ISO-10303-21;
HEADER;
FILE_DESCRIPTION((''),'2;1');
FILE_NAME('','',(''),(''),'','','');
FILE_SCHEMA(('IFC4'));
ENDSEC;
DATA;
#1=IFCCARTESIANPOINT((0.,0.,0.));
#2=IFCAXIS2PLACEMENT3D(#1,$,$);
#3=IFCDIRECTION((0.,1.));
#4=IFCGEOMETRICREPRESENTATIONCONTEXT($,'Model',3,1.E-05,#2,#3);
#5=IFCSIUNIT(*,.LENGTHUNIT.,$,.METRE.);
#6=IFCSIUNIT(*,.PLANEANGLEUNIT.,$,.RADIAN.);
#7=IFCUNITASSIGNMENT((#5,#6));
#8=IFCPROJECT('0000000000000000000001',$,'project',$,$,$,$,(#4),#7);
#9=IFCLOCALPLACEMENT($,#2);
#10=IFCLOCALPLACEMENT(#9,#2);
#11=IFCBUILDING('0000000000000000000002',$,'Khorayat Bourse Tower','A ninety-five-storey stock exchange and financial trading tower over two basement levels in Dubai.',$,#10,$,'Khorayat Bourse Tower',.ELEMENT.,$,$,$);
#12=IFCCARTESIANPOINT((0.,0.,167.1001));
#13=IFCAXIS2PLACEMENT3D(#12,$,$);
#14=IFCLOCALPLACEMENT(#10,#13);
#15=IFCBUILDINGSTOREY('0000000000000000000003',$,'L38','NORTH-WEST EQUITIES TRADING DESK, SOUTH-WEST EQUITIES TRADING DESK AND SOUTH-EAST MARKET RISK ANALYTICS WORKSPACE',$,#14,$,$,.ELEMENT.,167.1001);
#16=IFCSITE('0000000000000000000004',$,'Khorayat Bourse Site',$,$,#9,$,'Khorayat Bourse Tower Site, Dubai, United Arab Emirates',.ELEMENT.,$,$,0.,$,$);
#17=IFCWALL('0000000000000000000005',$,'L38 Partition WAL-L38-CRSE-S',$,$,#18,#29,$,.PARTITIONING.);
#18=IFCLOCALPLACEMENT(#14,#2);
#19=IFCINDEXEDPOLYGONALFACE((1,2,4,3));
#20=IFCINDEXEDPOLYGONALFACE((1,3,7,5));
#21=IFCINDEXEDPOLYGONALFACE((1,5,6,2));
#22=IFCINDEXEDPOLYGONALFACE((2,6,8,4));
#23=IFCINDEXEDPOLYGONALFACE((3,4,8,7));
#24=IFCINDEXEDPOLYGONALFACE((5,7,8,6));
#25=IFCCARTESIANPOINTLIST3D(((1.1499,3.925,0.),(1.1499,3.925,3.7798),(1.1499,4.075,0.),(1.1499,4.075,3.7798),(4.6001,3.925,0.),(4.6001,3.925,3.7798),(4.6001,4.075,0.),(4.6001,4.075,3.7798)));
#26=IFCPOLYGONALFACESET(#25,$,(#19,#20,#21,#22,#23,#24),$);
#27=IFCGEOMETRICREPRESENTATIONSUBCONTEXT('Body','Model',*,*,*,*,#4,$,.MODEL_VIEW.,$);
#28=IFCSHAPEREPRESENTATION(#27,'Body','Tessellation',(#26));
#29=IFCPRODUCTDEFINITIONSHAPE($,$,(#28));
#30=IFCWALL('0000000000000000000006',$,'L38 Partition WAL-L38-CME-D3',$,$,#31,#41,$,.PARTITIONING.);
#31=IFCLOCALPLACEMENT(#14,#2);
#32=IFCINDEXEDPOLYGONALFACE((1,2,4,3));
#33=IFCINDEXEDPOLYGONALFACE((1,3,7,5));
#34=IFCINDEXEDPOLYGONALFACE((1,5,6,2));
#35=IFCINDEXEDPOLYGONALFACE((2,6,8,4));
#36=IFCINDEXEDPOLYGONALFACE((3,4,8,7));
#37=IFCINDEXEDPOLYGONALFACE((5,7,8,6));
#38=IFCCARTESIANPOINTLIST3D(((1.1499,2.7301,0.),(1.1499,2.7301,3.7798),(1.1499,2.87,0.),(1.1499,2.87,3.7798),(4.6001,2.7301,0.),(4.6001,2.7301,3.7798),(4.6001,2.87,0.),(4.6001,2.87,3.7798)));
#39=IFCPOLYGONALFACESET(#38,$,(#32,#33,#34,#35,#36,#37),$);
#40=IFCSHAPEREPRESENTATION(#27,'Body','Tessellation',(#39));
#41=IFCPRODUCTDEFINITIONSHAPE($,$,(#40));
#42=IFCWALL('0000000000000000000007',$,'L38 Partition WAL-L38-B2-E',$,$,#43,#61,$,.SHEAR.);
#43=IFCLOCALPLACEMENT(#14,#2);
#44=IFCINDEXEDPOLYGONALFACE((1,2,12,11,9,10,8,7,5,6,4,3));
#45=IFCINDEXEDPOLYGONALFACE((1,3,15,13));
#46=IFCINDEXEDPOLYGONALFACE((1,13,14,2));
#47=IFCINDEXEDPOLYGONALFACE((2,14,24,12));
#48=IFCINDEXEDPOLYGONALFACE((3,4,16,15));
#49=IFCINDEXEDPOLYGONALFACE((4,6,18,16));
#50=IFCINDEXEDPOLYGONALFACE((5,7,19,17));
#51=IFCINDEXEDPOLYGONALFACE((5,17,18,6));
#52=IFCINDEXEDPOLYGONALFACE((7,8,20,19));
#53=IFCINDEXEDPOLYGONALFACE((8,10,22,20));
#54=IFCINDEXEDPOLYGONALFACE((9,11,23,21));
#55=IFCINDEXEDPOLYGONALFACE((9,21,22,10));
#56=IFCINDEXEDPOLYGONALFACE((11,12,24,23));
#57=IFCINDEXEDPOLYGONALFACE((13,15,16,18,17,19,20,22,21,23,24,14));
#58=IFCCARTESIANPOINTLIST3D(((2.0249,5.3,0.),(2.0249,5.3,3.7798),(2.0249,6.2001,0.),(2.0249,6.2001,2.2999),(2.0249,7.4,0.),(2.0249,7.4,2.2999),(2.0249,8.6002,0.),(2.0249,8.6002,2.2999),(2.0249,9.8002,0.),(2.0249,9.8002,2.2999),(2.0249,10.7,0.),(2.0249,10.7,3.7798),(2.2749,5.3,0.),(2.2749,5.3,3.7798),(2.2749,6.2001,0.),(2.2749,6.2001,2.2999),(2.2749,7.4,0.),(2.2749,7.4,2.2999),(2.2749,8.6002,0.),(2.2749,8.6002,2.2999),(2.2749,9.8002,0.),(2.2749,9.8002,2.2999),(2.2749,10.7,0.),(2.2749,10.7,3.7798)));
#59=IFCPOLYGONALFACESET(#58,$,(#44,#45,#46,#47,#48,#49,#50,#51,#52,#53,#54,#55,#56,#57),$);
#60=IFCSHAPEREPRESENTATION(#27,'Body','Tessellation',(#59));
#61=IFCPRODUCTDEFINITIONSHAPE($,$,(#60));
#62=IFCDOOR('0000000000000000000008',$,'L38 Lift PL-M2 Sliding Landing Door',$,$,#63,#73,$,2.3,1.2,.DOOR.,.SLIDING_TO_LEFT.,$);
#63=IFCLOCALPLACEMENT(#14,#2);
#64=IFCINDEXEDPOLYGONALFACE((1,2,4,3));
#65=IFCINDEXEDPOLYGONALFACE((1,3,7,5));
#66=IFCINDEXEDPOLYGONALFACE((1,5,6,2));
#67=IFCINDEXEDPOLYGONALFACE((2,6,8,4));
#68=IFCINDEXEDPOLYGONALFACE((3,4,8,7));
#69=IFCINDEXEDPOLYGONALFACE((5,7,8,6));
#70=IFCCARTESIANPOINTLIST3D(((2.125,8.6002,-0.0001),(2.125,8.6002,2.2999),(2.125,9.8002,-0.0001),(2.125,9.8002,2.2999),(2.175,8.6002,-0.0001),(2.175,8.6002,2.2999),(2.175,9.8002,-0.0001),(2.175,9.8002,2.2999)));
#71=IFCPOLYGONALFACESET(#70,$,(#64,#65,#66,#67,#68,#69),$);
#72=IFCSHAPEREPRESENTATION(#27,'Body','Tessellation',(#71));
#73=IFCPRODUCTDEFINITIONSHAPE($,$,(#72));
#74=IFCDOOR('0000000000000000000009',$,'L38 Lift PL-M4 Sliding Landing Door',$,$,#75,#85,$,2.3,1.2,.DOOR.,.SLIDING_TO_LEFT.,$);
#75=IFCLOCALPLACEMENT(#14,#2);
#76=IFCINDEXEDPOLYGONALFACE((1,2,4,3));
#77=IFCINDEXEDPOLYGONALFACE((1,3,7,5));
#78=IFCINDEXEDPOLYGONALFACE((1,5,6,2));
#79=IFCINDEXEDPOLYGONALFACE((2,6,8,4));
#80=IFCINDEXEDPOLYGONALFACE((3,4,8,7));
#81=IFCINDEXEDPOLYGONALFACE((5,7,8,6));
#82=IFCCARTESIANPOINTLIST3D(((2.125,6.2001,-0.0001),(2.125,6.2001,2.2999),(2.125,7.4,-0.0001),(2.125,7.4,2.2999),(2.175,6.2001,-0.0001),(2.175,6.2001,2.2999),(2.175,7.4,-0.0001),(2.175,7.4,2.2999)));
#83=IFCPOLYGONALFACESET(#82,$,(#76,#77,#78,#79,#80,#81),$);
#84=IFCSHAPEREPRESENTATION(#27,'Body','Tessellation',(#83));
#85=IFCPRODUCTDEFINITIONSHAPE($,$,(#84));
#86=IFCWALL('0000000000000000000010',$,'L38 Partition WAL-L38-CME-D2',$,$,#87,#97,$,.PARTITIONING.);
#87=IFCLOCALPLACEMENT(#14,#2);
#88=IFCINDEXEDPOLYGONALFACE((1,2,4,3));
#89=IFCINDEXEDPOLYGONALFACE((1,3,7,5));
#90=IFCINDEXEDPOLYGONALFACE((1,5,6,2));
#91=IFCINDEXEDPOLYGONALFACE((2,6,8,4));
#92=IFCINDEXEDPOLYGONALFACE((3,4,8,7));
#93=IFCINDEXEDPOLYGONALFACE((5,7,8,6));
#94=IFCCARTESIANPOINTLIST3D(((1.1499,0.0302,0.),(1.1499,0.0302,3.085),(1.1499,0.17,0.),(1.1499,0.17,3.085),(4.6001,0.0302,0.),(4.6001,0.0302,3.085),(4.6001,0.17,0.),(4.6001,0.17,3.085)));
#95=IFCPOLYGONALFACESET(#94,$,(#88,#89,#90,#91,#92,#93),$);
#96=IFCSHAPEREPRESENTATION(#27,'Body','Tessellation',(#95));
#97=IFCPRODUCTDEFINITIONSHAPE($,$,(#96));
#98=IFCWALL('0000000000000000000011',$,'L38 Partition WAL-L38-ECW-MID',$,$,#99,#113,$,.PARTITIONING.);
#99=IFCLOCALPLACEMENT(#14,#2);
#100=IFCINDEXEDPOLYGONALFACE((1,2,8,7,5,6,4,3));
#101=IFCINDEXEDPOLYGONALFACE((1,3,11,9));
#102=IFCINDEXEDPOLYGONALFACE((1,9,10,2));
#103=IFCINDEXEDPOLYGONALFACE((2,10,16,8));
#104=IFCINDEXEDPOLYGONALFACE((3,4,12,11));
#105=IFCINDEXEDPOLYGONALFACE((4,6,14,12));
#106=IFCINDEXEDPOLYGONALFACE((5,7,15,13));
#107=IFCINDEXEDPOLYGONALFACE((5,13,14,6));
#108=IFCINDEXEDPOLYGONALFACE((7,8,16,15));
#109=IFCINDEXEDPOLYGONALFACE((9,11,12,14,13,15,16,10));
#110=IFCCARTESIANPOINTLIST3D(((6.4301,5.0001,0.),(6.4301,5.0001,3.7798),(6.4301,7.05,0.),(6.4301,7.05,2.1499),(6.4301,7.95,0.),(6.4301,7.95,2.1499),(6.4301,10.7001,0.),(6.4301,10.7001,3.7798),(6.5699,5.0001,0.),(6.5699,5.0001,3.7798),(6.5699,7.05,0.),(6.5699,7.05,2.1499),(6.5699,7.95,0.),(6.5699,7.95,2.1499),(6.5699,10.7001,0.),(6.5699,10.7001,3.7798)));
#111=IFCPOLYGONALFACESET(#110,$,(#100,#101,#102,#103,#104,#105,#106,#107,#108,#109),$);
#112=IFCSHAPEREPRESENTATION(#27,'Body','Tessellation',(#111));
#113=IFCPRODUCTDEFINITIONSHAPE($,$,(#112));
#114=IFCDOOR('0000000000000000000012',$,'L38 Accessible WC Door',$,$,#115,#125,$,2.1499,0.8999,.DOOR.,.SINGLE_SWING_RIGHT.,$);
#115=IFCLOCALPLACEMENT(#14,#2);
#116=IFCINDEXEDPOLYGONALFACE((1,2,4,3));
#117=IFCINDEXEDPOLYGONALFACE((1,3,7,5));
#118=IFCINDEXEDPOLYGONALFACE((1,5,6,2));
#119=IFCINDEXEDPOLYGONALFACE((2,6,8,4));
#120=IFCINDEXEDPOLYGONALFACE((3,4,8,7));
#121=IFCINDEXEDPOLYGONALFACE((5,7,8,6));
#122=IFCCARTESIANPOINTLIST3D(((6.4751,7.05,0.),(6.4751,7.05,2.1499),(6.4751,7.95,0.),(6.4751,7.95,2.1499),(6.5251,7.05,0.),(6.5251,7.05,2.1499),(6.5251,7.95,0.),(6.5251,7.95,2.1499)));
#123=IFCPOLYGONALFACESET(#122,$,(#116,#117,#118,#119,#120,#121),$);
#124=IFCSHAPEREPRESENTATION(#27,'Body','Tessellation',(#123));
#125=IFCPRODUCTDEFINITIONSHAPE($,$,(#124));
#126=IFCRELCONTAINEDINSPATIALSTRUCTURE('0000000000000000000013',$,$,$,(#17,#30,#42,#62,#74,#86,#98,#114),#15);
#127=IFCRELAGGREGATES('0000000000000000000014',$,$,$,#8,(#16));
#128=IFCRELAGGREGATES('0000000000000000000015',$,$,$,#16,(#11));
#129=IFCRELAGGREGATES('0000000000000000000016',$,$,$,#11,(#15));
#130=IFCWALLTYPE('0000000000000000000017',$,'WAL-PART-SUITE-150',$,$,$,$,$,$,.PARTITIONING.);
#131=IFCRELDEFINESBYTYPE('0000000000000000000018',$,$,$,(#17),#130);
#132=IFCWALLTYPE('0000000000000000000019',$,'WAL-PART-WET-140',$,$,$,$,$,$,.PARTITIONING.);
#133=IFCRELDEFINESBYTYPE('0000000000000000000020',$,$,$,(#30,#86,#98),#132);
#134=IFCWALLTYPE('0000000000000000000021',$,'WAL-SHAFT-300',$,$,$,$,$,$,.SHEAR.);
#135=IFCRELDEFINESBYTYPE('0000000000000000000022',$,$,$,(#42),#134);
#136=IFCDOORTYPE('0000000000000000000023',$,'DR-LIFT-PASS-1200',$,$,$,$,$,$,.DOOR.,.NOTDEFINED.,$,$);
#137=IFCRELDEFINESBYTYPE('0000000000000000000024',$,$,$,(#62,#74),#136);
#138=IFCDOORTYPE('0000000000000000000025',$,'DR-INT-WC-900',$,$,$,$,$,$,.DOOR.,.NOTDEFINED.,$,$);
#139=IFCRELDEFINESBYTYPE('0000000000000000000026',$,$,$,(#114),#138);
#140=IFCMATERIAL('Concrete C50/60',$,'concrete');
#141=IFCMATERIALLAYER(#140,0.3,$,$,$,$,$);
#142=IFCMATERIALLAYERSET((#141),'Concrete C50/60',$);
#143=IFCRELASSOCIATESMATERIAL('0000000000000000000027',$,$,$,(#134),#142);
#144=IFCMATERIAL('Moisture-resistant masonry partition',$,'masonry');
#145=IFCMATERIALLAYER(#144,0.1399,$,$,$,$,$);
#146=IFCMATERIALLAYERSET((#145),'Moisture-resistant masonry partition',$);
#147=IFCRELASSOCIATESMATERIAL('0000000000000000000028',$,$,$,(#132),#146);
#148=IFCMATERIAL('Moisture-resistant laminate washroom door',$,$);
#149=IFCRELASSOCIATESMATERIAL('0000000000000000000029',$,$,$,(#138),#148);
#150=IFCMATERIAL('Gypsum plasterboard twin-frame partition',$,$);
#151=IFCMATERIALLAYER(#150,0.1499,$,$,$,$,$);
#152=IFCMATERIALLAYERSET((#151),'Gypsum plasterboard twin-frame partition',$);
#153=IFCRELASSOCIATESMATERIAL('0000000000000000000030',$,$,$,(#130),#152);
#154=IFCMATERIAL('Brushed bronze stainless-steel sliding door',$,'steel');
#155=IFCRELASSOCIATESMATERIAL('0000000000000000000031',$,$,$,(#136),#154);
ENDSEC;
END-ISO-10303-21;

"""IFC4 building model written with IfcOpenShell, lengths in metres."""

from ifc_helpers import new_model, si_unit, direction, frame, frame_2d, origin, place, context, subcontext, project, spatial, rectangle, extrude, source, transform, mapped, material, layer, layer_set, type_object, element, fill, save


model = new_model("IFC4")

# Units and contexts
model_context = context("Model", 3, precision=1e-05, world=origin(), true_north=direction((0.0, 1.0)))
body_context = subcontext(model_context, "Body", "Model", "MODEL_VIEW")
ifc_project = project(units=[si_unit("LENGTHUNIT", "METRE"), si_unit("PLANEANGLEUNIT", "RADIAN")], contexts=[model_context])

# Site, building, storey
site_placement = place(None, origin())
site = spatial("IfcSite", under=ifc_project, at=site_placement, Name="Khorayat Bourse Site", LongName="Khorayat Bourse Tower Site, Dubai, United Arab Emirates", CompositionType="ELEMENT", RefElevation=0.0)
building_placement = place(site_placement, origin())
building = spatial("IfcBuilding", under=site, at=building_placement, Name="Khorayat Bourse Tower", Description="A ninety-five-storey stock exchange and financial trading tower over two basement levels in Dubai.", LongName="Khorayat Bourse Tower", CompositionType="ELEMENT")
storey_placement = place(building_placement, frame((0.0, 0.0, 167.1001)))
storey = spatial("IfcBuildingStorey", under=building, at=storey_placement, Name="L38", Description="NORTH-WEST EQUITIES TRADING DESK, SOUTH-WEST EQUITIES TRADING DESK AND SOUTH-EAST MARKET RISK ANALYTICS WORKSPACE", CompositionType="ELEMENT", Elevation=167.1001)

# Shared definitions
ifc_material_1 = material(Name="Concrete C50/60", Category="concrete")
ifc_layer_1 = layer(ifc_material_1, 0.3)
ifc_layer_set_1 = layer_set([ifc_layer_1], Name="Concrete C50/60")
wall_type_1 = type_object("IfcWallType", Name="WAL-SHAFT-300", PredefinedType="SHEAR", material=ifc_layer_set_1)
ifc_material_2 = material(Name="Moisture-resistant masonry partition", Category="masonry")
ifc_layer_2 = layer(ifc_material_2, 0.1399)
ifc_layer_set_2 = layer_set([ifc_layer_2], Name="Moisture-resistant masonry partition")
wall_type_2 = type_object("IfcWallType", Name="WAL-PART-WET-140", PredefinedType="PARTITIONING", material=ifc_layer_set_2)

# Shared definitions
shared_shape_1 = source(origin(), body_context, "Body", "SweptSolid", [
    extrude(rectangle(XDim=0.8999, YDim=2.1499, at=frame_2d((0.45, 1.075))), frame((0.0, 0.0798, 0.0), z_axis=(0.0, -1.0, 0.0), x_axis=(1.0, 0.0, 0.0)), (0.0, 0.0, 1.0), 0.1599),
])
ifc_material_3 = material(Name="Moisture-resistant laminate washroom door")
door_type_1 = type_object("IfcDoorType", Name="DR-INT-WC-900", OperationType="NOTDEFINED", PredefinedType="DOOR", material=ifc_material_3)
shared_shape_2 = source(origin(), body_context, "Body", "SweptSolid", [
    extrude(rectangle(XDim=0.8999, YDim=2.1499, at=frame_2d((0.45, 1.075))), frame((0.0, 0.0249, 0.0), z_axis=(0.0, -1.0, 0.0), x_axis=(1.0, 0.0, 0.0)), (0.0, 0.0, 1.0), 0.05),
])

# Walls
ifc_material_4 = material(Name="Gypsum plasterboard twin-frame partition")
ifc_layer_3 = layer(ifc_material_4, 0.1499)
ifc_layer_set_3 = layer_set([ifc_layer_3], Name="Gypsum plasterboard twin-frame partition")
wall_type_3 = type_object("IfcWallType", Name="WAL-PART-SUITE-150", PredefinedType="PARTITIONING", material=ifc_layer_set_3)
shared_shape_3 = source(origin(), body_context, "Body", "SweptSolid", [
    extrude(rectangle(XDim=3.4502, YDim=0.1499, at=frame_2d((1.7251, 0.0))), origin(), (0.0, 0.0, 1.0), 3.7798),
])
wall_1_placement = place(storey_placement, frame((1.1499, 4.0, 0.0), z_axis=(0.0, 0.0, 1.0), x_axis=(1.0, 0.0, 0.0)))
element("IfcWall", 1, at=wall_1_placement, inside=storey, type_object=wall_type_3, Name="L38 Partition WAL-L38-CRSE-S", PredefinedType="PARTITIONING", context=body_context, shape_type="MappedRepresentation", body=[
    mapped(shared_shape_3, transform((0.0, 0.0, 0.0), scale=1.0)),
])
shared_shape_4 = source(origin(), body_context, "Body", "SweptSolid", [
    extrude(rectangle(XDim=3.4502, YDim=0.1399, at=frame_2d((1.7251, 0.0))), origin(), (0.0, 0.0, 1.0), 3.7798),
])
wall_2_placement = place(storey_placement, frame((1.1499, 2.8, 0.0), z_axis=(0.0, 0.0, 1.0), x_axis=(1.0, 0.0, 0.0)))
element("IfcWall", 2, at=wall_2_placement, inside=storey, type_object=wall_type_2, Name="L38 Partition WAL-L38-CME-D3", PredefinedType="PARTITIONING", context=body_context, shape_type="MappedRepresentation", body=[
    mapped(shared_shape_4, transform((0.0, 0.0, 0.0), scale=1.0)),
])

# Wall, openings, doors
shared_shape_5 = source(origin(), body_context, "Body", "SweptSolid", [
    extrude(rectangle(XDim=5.3999, YDim=0.25, at=frame_2d((2.7, 0.0))), origin(), (0.0, 0.0, 1.0), 3.7798),
])
wall_3_placement = place(storey_placement, frame((2.1499, 5.3, 0.0), z_axis=(0.0, 0.0, 1.0), x_axis=(0.0, 1.0, 0.0)))
wall_3 = element("IfcWall", 3, at=wall_3_placement, inside=storey, type_object=wall_type_1, Name="L38 Partition WAL-L38-B2-E", PredefinedType="SHEAR", context=body_context, shape_type="MappedRepresentation", body=[
    mapped(shared_shape_5, transform((0.0, 0.0, 0.0), scale=1.0)),
])
shared_shape_6 = source(origin(), body_context, "Body", "SweptSolid", [
    extrude(rectangle(XDim=1.2, YDim=2.3, at=frame_2d((0.6001, 1.1499))), frame((0.0, 0.135, 0.0), z_axis=(0.0, -1.0, 0.0), x_axis=(1.0, 0.0, 0.0)), (0.0, 0.0, 1.0), 0.27),
])
opening_1_placement = place(wall_3_placement, frame((3.3, 0.0, 0.0)))
opening_1 = element("IfcOpeningElement", 4, at=opening_1_placement, cuts=wall_3, PredefinedType="OPENING", context=body_context, shape_type="MappedRepresentation", body=[
    mapped(shared_shape_6, transform((0.0, 0.0, 0.0), scale=1.0)),
])
opening_2_placement = place(wall_3_placement, frame((0.8999, 0.0, 0.0)))
opening_2 = element("IfcOpeningElement", 5, at=opening_2_placement, cuts=wall_3, PredefinedType="OPENING", context=body_context, shape_type="MappedRepresentation", body=[
    mapped(shared_shape_6, transform((0.0, 0.0, 0.0), scale=1.0)),
])
ifc_material_5 = material(Name="Brushed bronze stainless-steel sliding door", Category="steel")
door_type_2 = type_object("IfcDoorType", Name="DR-LIFT-PASS-1200", OperationType="NOTDEFINED", PredefinedType="DOOR", material=ifc_material_5)
shared_shape_7 = source(origin(), body_context, "Body", "SweptSolid", [
    extrude(rectangle(XDim=1.2, YDim=2.3, at=frame_2d((0.6001, 1.1499))), frame((0.0, 0.0249, 0.0), z_axis=(0.0, -1.0, 0.0), x_axis=(1.0, 0.0, 0.0)), (0.0, 0.0, 1.0), 0.05),
])
door_1_placement = place(opening_1_placement, origin())
door_1 = element("IfcDoor", 6, at=door_1_placement, inside=storey, type_object=door_type_2, Name="L38 Lift PL-M2 Sliding Landing Door", OperationType="SLIDING_TO_LEFT", OverallHeight=2.3, OverallWidth=1.2, PredefinedType="DOOR", context=body_context, shape_type="MappedRepresentation", body=[
    mapped(shared_shape_7, transform((0.0, 0.0, 0.0), scale=1.0)),
])
fill(opening_1, door_1)
door_2_placement = place(opening_2_placement, origin())
door_2 = element("IfcDoor", 7, at=door_2_placement, inside=storey, type_object=door_type_2, Name="L38 Lift PL-M4 Sliding Landing Door", OperationType="SLIDING_TO_LEFT", OverallHeight=2.3, OverallWidth=1.2, PredefinedType="DOOR", context=body_context, shape_type="MappedRepresentation", body=[
    mapped(shared_shape_7, transform((0.0, 0.0, 0.0), scale=1.0)),
])
fill(opening_2, door_2)

# Wall
shared_shape_8 = source(origin(), body_context, "Body", "SweptSolid", [
    extrude(rectangle(XDim=3.4502, YDim=0.1399, at=frame_2d((1.7251, 0.0))), origin(), (0.0, 0.0, 1.0), 3.085),
])
wall_4_placement = place(storey_placement, frame((1.1499, 0.1001, 0.0), z_axis=(0.0, 0.0, 1.0), x_axis=(1.0, 0.0, 0.0)))
element("IfcWall", 8, at=wall_4_placement, inside=storey, type_object=wall_type_2, Name="L38 Partition WAL-L38-CME-D2", PredefinedType="PARTITIONING", context=body_context, shape_type="MappedRepresentation", body=[
    mapped(shared_shape_8, transform((0.0, 0.0, 0.0), scale=1.0)),
])

# Wall, opening, door
shared_shape_9 = source(origin(), body_context, "Body", "SweptSolid", [
    extrude(rectangle(XDim=5.7, YDim=0.1399, at=frame_2d((2.8501, 0.0))), origin(), (0.0, 0.0, 1.0), 3.7798),
])
wall_5_placement = place(storey_placement, frame((6.5, 5.0, 0.0), z_axis=(0.0, 0.0, 1.0), x_axis=(0.0, 1.0, 0.0)))
wall_5 = element("IfcWall", 9, at=wall_5_placement, inside=storey, type_object=wall_type_2, Name="L38 Partition WAL-L38-ECW-MID", PredefinedType="PARTITIONING", context=body_context, shape_type="MappedRepresentation", body=[
    mapped(shared_shape_9, transform((0.0, 0.0, 0.0), scale=1.0)),
])
opening_3_placement = place(wall_5_placement, frame((2.05, 0.0, 0.0)))
opening_3 = element("IfcOpeningElement", 10, at=opening_3_placement, cuts=wall_5, PredefinedType="OPENING", context=body_context, shape_type="MappedRepresentation", body=[
    mapped(shared_shape_1, transform((0.0, 0.0, 0.0), scale=1.0)),
])
door_3_placement = place(opening_3_placement, origin())
door_3 = element("IfcDoor", 11, at=door_3_placement, inside=storey, type_object=door_type_1, Name="L38 Accessible WC Door", OperationType="SINGLE_SWING_RIGHT", OverallHeight=2.1499, OverallWidth=0.8999, PredefinedType="DOOR", context=body_context, shape_type="MappedRepresentation", body=[
    mapped(shared_shape_2, transform((0.0, 0.0, 0.0), scale=1.0)),
])
fill(opening_3, door_3)

save(model, "model.ifc")
